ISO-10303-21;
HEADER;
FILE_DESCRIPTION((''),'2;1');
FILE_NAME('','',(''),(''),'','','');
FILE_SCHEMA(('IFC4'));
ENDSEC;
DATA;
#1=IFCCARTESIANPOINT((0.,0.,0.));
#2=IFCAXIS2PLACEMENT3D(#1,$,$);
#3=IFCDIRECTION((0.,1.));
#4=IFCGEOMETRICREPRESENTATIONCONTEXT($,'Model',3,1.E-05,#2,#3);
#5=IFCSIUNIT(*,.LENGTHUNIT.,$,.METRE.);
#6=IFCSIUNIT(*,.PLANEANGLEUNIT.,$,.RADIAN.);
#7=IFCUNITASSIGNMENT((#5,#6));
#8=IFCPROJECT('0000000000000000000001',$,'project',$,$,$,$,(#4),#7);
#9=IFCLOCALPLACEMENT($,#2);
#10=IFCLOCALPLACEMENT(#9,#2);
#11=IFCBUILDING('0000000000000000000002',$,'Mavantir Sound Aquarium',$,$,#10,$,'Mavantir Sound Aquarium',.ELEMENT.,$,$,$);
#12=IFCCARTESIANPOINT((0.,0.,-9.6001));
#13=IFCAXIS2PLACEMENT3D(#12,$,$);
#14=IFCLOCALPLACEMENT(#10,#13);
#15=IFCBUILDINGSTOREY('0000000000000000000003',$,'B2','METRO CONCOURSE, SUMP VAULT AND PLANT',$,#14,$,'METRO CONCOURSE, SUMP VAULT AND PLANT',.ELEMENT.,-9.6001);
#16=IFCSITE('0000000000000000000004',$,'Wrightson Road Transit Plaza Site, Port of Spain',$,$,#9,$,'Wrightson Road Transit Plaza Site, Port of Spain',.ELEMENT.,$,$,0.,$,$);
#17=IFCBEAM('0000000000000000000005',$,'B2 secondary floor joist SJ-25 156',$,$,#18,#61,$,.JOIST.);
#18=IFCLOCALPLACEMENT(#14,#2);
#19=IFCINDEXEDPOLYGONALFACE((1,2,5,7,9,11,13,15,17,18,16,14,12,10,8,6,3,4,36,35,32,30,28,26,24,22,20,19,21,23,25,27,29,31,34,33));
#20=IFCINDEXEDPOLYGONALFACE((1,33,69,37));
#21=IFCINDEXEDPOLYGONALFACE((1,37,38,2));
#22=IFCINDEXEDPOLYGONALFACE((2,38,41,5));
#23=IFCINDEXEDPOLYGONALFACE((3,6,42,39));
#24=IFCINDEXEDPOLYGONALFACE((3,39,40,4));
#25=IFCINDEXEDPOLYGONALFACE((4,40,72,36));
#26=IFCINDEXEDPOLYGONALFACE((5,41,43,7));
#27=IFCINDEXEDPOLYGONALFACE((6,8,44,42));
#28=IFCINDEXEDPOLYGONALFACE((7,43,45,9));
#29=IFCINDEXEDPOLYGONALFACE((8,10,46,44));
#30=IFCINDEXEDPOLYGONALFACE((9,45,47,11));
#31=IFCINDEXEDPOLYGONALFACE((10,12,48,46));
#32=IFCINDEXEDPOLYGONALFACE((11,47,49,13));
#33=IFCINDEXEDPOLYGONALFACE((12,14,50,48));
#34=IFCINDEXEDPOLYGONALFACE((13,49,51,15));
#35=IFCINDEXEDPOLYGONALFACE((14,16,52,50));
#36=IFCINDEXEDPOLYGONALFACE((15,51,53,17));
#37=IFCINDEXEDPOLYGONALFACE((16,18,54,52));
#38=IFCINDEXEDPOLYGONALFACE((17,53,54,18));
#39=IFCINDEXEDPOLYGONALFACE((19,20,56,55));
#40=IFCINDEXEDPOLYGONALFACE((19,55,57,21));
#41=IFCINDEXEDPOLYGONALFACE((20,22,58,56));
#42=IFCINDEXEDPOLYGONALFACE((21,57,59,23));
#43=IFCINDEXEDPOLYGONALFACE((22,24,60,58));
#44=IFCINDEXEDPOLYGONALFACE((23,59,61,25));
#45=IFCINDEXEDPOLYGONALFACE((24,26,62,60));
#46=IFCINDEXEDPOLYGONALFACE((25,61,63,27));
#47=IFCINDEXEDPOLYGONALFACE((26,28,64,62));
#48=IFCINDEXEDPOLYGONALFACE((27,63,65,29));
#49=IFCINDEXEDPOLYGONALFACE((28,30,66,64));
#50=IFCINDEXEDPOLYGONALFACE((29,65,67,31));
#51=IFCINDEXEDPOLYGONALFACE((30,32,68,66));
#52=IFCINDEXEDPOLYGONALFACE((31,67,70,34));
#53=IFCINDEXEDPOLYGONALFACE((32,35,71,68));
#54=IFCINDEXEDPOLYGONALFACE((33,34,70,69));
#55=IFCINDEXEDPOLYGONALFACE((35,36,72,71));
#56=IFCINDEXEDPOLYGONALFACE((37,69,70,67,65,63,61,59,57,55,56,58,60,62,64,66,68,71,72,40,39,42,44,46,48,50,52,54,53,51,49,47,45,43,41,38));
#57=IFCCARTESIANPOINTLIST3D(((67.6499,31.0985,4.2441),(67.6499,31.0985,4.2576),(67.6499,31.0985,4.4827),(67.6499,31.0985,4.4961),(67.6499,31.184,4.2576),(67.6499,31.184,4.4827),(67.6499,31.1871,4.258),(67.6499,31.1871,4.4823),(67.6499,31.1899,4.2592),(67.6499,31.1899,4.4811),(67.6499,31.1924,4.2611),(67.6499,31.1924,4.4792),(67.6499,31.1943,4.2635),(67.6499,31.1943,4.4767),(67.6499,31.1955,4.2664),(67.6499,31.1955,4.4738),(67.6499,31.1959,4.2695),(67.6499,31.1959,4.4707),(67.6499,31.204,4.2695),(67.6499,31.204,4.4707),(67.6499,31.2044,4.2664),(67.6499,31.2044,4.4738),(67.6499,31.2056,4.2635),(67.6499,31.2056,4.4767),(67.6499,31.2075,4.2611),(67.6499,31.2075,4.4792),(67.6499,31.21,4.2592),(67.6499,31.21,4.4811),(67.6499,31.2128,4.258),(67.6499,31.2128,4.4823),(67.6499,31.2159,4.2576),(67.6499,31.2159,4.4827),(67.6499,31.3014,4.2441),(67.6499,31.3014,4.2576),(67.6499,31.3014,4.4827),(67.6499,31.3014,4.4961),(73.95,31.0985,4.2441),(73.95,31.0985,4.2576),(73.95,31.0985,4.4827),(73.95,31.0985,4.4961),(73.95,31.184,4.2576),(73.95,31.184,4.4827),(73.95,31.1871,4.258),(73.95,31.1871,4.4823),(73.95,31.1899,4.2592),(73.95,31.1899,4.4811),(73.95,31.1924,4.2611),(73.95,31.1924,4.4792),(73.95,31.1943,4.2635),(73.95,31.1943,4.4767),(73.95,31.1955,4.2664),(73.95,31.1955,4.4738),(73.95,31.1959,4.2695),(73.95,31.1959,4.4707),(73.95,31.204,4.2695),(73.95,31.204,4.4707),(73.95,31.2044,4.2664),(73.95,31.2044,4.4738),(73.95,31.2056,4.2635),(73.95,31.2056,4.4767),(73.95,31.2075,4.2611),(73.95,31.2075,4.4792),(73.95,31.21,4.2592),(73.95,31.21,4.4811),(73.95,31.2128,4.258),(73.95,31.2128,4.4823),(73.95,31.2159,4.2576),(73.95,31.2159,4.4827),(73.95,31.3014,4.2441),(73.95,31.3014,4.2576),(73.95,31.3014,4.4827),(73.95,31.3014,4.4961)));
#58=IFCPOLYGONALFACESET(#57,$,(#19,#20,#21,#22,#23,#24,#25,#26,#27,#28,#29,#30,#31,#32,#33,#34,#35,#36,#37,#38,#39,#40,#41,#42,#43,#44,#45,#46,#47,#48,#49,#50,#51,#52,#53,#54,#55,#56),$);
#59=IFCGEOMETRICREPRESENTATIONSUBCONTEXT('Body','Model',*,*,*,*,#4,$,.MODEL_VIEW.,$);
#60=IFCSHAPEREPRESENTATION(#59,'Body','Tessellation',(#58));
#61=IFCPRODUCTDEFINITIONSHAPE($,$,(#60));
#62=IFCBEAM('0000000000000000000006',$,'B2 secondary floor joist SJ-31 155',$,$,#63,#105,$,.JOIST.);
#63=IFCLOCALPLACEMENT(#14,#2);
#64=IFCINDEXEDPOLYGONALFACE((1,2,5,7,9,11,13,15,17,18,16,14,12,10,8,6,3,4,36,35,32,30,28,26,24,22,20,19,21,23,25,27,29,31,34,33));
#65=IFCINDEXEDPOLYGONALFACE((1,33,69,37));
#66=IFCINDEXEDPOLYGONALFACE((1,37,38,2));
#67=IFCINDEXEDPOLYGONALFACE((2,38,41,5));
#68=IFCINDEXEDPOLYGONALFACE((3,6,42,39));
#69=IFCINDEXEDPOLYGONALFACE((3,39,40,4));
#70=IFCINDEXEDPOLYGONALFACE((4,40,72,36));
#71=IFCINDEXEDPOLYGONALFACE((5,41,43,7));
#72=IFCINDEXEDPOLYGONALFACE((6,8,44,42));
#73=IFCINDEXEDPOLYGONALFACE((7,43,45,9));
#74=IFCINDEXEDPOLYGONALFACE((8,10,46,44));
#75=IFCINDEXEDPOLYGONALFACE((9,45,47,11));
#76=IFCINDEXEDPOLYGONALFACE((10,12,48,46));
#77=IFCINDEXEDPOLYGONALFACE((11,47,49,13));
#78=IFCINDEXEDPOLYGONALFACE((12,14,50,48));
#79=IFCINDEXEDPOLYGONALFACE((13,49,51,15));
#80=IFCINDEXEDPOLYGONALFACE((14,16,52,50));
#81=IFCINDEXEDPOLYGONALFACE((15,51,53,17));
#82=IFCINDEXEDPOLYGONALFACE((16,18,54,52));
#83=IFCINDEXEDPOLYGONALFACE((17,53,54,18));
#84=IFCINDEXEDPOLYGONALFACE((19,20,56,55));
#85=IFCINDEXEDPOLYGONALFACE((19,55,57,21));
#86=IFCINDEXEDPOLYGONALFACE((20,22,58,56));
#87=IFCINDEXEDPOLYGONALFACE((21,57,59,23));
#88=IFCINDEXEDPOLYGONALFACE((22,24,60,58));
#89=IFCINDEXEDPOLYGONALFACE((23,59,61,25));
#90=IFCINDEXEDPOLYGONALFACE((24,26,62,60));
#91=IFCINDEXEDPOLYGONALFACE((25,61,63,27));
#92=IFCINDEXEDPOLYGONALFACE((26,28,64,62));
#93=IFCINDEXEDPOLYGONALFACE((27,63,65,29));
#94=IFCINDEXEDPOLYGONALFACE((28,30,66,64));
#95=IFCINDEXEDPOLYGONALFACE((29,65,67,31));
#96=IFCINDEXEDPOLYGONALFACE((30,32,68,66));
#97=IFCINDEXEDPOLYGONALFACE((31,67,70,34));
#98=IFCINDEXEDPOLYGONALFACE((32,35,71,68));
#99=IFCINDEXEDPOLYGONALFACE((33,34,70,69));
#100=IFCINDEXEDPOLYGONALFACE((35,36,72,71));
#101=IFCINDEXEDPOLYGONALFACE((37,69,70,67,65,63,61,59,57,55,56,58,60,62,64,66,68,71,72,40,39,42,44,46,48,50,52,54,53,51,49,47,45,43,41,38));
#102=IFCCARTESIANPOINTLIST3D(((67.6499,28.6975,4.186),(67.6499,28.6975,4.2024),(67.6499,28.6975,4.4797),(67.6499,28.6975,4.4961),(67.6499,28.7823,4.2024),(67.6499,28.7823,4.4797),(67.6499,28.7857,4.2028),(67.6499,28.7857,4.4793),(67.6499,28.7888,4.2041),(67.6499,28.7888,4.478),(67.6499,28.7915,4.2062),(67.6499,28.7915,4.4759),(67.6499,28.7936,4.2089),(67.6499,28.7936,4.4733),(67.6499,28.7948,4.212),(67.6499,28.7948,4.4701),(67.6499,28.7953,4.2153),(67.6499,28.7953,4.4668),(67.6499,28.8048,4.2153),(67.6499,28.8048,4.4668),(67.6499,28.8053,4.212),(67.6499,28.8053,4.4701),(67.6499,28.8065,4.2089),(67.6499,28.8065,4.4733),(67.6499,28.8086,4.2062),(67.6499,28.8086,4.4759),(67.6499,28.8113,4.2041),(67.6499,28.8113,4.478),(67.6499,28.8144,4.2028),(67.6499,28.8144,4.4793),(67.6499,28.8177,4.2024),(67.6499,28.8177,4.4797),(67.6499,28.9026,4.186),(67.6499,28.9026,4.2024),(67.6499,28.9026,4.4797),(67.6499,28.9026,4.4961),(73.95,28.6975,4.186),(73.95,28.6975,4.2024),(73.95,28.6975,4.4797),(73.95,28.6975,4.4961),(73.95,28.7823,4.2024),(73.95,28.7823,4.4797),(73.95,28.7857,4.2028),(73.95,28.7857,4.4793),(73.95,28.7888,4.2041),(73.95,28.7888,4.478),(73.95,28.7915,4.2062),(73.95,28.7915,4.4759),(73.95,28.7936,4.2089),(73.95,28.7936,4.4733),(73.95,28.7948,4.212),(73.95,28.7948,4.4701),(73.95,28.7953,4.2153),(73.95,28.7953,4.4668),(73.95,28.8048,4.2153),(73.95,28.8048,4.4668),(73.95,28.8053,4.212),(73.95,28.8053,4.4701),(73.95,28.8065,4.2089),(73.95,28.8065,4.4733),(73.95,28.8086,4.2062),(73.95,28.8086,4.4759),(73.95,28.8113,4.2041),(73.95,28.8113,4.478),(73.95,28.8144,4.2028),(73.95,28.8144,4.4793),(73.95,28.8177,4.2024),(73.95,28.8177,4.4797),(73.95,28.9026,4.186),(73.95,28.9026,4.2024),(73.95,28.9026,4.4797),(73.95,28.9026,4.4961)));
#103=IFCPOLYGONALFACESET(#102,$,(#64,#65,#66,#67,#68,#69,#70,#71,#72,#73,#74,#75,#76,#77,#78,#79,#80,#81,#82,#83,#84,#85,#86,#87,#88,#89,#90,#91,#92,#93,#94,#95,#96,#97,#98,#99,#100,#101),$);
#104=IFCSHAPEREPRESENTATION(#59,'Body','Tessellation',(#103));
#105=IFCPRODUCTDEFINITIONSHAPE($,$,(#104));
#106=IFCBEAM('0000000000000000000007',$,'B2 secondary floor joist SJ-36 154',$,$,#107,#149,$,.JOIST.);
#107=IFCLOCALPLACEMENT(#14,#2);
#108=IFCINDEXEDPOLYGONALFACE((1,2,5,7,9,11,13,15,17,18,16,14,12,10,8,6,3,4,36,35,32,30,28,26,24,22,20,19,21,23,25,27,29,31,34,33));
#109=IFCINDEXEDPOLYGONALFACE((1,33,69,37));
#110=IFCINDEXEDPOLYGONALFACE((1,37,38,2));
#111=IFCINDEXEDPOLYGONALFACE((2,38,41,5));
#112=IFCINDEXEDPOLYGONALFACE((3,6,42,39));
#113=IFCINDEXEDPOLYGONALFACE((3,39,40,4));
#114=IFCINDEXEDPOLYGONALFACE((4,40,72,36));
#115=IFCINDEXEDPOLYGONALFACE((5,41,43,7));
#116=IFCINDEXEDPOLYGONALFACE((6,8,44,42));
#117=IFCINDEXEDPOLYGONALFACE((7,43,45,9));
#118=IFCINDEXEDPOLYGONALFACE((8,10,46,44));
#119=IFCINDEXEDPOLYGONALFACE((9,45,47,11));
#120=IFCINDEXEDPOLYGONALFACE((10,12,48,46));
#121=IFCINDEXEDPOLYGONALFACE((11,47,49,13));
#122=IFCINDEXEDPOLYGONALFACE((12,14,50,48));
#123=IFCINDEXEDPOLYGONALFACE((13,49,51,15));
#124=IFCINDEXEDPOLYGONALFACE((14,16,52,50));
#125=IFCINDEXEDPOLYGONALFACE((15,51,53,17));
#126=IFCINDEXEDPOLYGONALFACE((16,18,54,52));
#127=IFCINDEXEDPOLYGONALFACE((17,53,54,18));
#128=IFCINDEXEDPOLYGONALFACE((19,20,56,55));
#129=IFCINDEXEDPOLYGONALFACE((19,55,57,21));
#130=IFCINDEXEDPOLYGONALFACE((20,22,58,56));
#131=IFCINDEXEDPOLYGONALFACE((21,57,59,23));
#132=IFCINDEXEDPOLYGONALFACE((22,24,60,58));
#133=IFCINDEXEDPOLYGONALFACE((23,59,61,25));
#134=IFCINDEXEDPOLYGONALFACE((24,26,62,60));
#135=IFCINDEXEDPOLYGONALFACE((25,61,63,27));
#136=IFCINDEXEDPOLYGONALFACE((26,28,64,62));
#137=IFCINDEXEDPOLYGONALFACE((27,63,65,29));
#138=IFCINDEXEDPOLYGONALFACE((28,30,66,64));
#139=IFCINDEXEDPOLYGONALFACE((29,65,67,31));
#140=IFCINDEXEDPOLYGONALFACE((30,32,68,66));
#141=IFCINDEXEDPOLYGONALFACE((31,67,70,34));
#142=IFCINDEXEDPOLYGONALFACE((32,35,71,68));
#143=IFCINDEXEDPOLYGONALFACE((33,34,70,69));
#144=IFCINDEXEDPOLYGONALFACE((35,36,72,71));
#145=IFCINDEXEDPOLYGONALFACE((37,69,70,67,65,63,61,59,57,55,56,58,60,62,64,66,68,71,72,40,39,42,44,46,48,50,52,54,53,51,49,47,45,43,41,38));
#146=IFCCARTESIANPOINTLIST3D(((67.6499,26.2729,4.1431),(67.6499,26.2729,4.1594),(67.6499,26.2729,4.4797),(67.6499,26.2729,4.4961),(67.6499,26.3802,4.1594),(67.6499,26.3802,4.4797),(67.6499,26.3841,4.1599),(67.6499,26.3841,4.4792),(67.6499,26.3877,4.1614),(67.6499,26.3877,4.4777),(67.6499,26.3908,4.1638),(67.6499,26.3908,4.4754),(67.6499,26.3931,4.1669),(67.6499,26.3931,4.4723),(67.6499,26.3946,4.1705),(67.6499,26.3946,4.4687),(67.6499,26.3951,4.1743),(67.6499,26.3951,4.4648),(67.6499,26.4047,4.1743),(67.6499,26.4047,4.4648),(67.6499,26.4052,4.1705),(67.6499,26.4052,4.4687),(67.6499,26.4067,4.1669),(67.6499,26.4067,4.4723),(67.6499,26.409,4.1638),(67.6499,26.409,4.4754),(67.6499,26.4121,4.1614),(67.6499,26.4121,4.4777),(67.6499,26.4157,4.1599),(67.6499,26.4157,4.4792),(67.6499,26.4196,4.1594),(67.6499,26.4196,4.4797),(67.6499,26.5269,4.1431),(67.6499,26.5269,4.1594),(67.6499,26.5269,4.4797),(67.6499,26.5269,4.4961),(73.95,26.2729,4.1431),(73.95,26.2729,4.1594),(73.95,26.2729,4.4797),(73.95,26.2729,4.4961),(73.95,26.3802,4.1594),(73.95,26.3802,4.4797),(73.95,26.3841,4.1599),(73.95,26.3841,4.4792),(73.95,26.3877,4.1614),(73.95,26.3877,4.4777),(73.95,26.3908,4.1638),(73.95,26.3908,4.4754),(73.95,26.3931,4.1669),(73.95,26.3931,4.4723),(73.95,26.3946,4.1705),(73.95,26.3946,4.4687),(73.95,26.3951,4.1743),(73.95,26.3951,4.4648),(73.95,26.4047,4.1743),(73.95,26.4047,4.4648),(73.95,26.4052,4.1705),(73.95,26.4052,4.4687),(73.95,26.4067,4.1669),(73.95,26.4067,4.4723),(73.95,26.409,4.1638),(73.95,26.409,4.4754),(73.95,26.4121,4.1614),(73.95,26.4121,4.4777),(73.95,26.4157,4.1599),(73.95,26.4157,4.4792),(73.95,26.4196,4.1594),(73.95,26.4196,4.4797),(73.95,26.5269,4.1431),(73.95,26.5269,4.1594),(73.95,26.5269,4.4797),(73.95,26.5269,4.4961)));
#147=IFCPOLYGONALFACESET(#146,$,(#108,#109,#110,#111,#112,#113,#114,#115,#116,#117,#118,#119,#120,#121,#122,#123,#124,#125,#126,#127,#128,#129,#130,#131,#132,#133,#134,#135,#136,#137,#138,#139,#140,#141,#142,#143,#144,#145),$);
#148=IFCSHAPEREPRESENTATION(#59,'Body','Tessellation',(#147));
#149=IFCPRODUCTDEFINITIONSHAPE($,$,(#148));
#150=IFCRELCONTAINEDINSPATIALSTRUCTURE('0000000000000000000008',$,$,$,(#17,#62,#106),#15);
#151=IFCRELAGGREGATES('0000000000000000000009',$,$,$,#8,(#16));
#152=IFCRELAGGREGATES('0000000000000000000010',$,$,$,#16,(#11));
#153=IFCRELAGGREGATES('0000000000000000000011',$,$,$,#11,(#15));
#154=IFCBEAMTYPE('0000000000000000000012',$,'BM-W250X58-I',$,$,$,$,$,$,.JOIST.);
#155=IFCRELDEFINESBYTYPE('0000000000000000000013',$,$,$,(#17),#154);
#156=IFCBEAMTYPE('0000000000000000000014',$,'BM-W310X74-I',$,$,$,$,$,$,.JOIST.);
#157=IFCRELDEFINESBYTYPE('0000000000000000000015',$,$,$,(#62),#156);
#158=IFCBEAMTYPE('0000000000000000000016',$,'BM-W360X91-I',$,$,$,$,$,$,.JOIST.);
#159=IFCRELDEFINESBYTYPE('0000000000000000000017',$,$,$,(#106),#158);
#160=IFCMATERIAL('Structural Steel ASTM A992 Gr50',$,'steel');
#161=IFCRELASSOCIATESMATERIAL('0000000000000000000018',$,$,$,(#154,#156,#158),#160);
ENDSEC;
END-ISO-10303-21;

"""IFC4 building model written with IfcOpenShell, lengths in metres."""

from ifc_helpers import new_model, si_unit, direction, frame, origin, origin_2d, place, context, subcontext, project, spatial, i_section, extrude, material, material_profile, profile_set, type_object, element, save


model = new_model("IFC4")

# Units and contexts
model_context = context("Model", 3, precision=1e-05, world=origin(), true_north=direction((0.0, 1.0)))
body_context = subcontext(model_context, "Body", "Model", "MODEL_VIEW")
ifc_project = project(units=[si_unit("LENGTHUNIT", "METRE"), si_unit("PLANEANGLEUNIT", "RADIAN")], contexts=[model_context])

# Site, building, storey
site_placement = place(None, origin())
site = spatial("IfcSite", under=ifc_project, at=site_placement, Name="Wrightson Road Transit Plaza Site, Port of Spain", LongName="Wrightson Road Transit Plaza Site, Port of Spain", CompositionType="ELEMENT", RefElevation=0.0)
building_placement = place(site_placement, origin())
building = spatial("IfcBuilding", under=site, at=building_placement, Name="Mavantir Sound Aquarium", LongName="Mavantir Sound Aquarium", CompositionType="ELEMENT")
storey_placement = place(building_placement, frame((0.0, 0.0, -9.6001)))
storey = spatial("IfcBuildingStorey", under=building, at=storey_placement, Name="B2", Description="METRO CONCOURSE, SUMP VAULT AND PLANT", LongName="METRO CONCOURSE, SUMP VAULT AND PLANT", CompositionType="ELEMENT", Elevation=-9.6001)

# Beams
ifc_material_1 = material(Name="Structural Steel ASTM A992 Gr50", Category="steel")
ifc_material_profile_1 = material_profile(ifc_material_1, i_section(OverallWidth=0.2029, OverallDepth=0.252, WebThickness=0.0081, FlangeThickness=0.0134, FilletRadius=0.012, at=origin_2d()), Name="W250X58")
ifc_profile_set_1 = profile_set([ifc_material_profile_1], Name="Structural Steel ASTM A992 Gr50")
beam_type_1 = type_object("IfcBeamType", Name="BM-W250X58-I", PredefinedType="JOIST", material=ifc_profile_set_1)
beam_1_placement = place(storey_placement, frame((67.6499, 31.2, 4.3701), z_axis=(1.0, 0.0, 0.0), x_axis=(0.0, 1.0, 0.0)))
element("IfcBeam", 1, at=beam_1_placement, inside=storey, type_object=beam_type_1, Name="B2 secondary floor joist SJ-25 156", PredefinedType="JOIST", context=body_context, shape_type="SweptSolid", body=[
    extrude(i_section(OverallWidth=0.2029, OverallDepth=0.252, WebThickness=0.0081, FlangeThickness=0.0134, FilletRadius=0.012, at=origin_2d()), origin(), (0.0, 0.0, 1.0), 6.3),
])
ifc_material_profile_2 = material_profile(ifc_material_1, i_section(OverallWidth=0.2051, OverallDepth=0.3101, WebThickness=0.0095, FlangeThickness=0.0164, FilletRadius=0.0129, at=origin_2d()), Name="W310X74")
ifc_profile_set_2 = profile_set([ifc_material_profile_2], Name="Structural Steel ASTM A992 Gr50")
beam_type_2 = type_object("IfcBeamType", Name="BM-W310X74-I", PredefinedType="JOIST", material=ifc_profile_set_2)
beam_2_placement = place(storey_placement, frame((67.6499, 28.8, 4.3411), z_axis=(1.0, 0.0, 0.0), x_axis=(0.0, 1.0, 0.0)))
element("IfcBeam", 2, at=beam_2_placement, inside=storey, type_object=beam_type_2, Name="B2 secondary floor joist SJ-31 155", PredefinedType="JOIST", context=body_context, shape_type="SweptSolid", body=[
    extrude(i_section(OverallWidth=0.2051, OverallDepth=0.3101, WebThickness=0.0095, FlangeThickness=0.0164, FilletRadius=0.0129, at=origin_2d()), origin(), (0.0, 0.0, 1.0), 6.3),
])
ifc_material_profile_3 = material_profile(ifc_material_1, i_section(OverallWidth=0.2539, OverallDepth=0.353, WebThickness=0.0095, FlangeThickness=0.0164, FilletRadius=0.0149, at=origin_2d()), Name="W360X91")
ifc_profile_set_3 = profile_set([ifc_material_profile_3], Name="Structural Steel ASTM A992 Gr50")
beam_type_3 = type_object("IfcBeamType", Name="BM-W360X91-I", PredefinedType="JOIST", material=ifc_profile_set_3)
beam_3_placement = place(storey_placement, frame((67.6499, 26.3999, 4.3196), z_axis=(1.0, 0.0, 0.0), x_axis=(0.0, 1.0, 0.0)))
element("IfcBeam", 3, at=beam_3_placement, inside=storey, type_object=beam_type_3, Name="B2 secondary floor joist SJ-36 154", PredefinedType="JOIST", context=body_context, shape_type="SweptSolid", body=[
    extrude(i_section(OverallWidth=0.2539, OverallDepth=0.353, WebThickness=0.0095, FlangeThickness=0.0164, FilletRadius=0.0149, at=origin_2d()), origin(), (0.0, 0.0, 1.0), 6.3),
])

save(model, "model.ifc")
